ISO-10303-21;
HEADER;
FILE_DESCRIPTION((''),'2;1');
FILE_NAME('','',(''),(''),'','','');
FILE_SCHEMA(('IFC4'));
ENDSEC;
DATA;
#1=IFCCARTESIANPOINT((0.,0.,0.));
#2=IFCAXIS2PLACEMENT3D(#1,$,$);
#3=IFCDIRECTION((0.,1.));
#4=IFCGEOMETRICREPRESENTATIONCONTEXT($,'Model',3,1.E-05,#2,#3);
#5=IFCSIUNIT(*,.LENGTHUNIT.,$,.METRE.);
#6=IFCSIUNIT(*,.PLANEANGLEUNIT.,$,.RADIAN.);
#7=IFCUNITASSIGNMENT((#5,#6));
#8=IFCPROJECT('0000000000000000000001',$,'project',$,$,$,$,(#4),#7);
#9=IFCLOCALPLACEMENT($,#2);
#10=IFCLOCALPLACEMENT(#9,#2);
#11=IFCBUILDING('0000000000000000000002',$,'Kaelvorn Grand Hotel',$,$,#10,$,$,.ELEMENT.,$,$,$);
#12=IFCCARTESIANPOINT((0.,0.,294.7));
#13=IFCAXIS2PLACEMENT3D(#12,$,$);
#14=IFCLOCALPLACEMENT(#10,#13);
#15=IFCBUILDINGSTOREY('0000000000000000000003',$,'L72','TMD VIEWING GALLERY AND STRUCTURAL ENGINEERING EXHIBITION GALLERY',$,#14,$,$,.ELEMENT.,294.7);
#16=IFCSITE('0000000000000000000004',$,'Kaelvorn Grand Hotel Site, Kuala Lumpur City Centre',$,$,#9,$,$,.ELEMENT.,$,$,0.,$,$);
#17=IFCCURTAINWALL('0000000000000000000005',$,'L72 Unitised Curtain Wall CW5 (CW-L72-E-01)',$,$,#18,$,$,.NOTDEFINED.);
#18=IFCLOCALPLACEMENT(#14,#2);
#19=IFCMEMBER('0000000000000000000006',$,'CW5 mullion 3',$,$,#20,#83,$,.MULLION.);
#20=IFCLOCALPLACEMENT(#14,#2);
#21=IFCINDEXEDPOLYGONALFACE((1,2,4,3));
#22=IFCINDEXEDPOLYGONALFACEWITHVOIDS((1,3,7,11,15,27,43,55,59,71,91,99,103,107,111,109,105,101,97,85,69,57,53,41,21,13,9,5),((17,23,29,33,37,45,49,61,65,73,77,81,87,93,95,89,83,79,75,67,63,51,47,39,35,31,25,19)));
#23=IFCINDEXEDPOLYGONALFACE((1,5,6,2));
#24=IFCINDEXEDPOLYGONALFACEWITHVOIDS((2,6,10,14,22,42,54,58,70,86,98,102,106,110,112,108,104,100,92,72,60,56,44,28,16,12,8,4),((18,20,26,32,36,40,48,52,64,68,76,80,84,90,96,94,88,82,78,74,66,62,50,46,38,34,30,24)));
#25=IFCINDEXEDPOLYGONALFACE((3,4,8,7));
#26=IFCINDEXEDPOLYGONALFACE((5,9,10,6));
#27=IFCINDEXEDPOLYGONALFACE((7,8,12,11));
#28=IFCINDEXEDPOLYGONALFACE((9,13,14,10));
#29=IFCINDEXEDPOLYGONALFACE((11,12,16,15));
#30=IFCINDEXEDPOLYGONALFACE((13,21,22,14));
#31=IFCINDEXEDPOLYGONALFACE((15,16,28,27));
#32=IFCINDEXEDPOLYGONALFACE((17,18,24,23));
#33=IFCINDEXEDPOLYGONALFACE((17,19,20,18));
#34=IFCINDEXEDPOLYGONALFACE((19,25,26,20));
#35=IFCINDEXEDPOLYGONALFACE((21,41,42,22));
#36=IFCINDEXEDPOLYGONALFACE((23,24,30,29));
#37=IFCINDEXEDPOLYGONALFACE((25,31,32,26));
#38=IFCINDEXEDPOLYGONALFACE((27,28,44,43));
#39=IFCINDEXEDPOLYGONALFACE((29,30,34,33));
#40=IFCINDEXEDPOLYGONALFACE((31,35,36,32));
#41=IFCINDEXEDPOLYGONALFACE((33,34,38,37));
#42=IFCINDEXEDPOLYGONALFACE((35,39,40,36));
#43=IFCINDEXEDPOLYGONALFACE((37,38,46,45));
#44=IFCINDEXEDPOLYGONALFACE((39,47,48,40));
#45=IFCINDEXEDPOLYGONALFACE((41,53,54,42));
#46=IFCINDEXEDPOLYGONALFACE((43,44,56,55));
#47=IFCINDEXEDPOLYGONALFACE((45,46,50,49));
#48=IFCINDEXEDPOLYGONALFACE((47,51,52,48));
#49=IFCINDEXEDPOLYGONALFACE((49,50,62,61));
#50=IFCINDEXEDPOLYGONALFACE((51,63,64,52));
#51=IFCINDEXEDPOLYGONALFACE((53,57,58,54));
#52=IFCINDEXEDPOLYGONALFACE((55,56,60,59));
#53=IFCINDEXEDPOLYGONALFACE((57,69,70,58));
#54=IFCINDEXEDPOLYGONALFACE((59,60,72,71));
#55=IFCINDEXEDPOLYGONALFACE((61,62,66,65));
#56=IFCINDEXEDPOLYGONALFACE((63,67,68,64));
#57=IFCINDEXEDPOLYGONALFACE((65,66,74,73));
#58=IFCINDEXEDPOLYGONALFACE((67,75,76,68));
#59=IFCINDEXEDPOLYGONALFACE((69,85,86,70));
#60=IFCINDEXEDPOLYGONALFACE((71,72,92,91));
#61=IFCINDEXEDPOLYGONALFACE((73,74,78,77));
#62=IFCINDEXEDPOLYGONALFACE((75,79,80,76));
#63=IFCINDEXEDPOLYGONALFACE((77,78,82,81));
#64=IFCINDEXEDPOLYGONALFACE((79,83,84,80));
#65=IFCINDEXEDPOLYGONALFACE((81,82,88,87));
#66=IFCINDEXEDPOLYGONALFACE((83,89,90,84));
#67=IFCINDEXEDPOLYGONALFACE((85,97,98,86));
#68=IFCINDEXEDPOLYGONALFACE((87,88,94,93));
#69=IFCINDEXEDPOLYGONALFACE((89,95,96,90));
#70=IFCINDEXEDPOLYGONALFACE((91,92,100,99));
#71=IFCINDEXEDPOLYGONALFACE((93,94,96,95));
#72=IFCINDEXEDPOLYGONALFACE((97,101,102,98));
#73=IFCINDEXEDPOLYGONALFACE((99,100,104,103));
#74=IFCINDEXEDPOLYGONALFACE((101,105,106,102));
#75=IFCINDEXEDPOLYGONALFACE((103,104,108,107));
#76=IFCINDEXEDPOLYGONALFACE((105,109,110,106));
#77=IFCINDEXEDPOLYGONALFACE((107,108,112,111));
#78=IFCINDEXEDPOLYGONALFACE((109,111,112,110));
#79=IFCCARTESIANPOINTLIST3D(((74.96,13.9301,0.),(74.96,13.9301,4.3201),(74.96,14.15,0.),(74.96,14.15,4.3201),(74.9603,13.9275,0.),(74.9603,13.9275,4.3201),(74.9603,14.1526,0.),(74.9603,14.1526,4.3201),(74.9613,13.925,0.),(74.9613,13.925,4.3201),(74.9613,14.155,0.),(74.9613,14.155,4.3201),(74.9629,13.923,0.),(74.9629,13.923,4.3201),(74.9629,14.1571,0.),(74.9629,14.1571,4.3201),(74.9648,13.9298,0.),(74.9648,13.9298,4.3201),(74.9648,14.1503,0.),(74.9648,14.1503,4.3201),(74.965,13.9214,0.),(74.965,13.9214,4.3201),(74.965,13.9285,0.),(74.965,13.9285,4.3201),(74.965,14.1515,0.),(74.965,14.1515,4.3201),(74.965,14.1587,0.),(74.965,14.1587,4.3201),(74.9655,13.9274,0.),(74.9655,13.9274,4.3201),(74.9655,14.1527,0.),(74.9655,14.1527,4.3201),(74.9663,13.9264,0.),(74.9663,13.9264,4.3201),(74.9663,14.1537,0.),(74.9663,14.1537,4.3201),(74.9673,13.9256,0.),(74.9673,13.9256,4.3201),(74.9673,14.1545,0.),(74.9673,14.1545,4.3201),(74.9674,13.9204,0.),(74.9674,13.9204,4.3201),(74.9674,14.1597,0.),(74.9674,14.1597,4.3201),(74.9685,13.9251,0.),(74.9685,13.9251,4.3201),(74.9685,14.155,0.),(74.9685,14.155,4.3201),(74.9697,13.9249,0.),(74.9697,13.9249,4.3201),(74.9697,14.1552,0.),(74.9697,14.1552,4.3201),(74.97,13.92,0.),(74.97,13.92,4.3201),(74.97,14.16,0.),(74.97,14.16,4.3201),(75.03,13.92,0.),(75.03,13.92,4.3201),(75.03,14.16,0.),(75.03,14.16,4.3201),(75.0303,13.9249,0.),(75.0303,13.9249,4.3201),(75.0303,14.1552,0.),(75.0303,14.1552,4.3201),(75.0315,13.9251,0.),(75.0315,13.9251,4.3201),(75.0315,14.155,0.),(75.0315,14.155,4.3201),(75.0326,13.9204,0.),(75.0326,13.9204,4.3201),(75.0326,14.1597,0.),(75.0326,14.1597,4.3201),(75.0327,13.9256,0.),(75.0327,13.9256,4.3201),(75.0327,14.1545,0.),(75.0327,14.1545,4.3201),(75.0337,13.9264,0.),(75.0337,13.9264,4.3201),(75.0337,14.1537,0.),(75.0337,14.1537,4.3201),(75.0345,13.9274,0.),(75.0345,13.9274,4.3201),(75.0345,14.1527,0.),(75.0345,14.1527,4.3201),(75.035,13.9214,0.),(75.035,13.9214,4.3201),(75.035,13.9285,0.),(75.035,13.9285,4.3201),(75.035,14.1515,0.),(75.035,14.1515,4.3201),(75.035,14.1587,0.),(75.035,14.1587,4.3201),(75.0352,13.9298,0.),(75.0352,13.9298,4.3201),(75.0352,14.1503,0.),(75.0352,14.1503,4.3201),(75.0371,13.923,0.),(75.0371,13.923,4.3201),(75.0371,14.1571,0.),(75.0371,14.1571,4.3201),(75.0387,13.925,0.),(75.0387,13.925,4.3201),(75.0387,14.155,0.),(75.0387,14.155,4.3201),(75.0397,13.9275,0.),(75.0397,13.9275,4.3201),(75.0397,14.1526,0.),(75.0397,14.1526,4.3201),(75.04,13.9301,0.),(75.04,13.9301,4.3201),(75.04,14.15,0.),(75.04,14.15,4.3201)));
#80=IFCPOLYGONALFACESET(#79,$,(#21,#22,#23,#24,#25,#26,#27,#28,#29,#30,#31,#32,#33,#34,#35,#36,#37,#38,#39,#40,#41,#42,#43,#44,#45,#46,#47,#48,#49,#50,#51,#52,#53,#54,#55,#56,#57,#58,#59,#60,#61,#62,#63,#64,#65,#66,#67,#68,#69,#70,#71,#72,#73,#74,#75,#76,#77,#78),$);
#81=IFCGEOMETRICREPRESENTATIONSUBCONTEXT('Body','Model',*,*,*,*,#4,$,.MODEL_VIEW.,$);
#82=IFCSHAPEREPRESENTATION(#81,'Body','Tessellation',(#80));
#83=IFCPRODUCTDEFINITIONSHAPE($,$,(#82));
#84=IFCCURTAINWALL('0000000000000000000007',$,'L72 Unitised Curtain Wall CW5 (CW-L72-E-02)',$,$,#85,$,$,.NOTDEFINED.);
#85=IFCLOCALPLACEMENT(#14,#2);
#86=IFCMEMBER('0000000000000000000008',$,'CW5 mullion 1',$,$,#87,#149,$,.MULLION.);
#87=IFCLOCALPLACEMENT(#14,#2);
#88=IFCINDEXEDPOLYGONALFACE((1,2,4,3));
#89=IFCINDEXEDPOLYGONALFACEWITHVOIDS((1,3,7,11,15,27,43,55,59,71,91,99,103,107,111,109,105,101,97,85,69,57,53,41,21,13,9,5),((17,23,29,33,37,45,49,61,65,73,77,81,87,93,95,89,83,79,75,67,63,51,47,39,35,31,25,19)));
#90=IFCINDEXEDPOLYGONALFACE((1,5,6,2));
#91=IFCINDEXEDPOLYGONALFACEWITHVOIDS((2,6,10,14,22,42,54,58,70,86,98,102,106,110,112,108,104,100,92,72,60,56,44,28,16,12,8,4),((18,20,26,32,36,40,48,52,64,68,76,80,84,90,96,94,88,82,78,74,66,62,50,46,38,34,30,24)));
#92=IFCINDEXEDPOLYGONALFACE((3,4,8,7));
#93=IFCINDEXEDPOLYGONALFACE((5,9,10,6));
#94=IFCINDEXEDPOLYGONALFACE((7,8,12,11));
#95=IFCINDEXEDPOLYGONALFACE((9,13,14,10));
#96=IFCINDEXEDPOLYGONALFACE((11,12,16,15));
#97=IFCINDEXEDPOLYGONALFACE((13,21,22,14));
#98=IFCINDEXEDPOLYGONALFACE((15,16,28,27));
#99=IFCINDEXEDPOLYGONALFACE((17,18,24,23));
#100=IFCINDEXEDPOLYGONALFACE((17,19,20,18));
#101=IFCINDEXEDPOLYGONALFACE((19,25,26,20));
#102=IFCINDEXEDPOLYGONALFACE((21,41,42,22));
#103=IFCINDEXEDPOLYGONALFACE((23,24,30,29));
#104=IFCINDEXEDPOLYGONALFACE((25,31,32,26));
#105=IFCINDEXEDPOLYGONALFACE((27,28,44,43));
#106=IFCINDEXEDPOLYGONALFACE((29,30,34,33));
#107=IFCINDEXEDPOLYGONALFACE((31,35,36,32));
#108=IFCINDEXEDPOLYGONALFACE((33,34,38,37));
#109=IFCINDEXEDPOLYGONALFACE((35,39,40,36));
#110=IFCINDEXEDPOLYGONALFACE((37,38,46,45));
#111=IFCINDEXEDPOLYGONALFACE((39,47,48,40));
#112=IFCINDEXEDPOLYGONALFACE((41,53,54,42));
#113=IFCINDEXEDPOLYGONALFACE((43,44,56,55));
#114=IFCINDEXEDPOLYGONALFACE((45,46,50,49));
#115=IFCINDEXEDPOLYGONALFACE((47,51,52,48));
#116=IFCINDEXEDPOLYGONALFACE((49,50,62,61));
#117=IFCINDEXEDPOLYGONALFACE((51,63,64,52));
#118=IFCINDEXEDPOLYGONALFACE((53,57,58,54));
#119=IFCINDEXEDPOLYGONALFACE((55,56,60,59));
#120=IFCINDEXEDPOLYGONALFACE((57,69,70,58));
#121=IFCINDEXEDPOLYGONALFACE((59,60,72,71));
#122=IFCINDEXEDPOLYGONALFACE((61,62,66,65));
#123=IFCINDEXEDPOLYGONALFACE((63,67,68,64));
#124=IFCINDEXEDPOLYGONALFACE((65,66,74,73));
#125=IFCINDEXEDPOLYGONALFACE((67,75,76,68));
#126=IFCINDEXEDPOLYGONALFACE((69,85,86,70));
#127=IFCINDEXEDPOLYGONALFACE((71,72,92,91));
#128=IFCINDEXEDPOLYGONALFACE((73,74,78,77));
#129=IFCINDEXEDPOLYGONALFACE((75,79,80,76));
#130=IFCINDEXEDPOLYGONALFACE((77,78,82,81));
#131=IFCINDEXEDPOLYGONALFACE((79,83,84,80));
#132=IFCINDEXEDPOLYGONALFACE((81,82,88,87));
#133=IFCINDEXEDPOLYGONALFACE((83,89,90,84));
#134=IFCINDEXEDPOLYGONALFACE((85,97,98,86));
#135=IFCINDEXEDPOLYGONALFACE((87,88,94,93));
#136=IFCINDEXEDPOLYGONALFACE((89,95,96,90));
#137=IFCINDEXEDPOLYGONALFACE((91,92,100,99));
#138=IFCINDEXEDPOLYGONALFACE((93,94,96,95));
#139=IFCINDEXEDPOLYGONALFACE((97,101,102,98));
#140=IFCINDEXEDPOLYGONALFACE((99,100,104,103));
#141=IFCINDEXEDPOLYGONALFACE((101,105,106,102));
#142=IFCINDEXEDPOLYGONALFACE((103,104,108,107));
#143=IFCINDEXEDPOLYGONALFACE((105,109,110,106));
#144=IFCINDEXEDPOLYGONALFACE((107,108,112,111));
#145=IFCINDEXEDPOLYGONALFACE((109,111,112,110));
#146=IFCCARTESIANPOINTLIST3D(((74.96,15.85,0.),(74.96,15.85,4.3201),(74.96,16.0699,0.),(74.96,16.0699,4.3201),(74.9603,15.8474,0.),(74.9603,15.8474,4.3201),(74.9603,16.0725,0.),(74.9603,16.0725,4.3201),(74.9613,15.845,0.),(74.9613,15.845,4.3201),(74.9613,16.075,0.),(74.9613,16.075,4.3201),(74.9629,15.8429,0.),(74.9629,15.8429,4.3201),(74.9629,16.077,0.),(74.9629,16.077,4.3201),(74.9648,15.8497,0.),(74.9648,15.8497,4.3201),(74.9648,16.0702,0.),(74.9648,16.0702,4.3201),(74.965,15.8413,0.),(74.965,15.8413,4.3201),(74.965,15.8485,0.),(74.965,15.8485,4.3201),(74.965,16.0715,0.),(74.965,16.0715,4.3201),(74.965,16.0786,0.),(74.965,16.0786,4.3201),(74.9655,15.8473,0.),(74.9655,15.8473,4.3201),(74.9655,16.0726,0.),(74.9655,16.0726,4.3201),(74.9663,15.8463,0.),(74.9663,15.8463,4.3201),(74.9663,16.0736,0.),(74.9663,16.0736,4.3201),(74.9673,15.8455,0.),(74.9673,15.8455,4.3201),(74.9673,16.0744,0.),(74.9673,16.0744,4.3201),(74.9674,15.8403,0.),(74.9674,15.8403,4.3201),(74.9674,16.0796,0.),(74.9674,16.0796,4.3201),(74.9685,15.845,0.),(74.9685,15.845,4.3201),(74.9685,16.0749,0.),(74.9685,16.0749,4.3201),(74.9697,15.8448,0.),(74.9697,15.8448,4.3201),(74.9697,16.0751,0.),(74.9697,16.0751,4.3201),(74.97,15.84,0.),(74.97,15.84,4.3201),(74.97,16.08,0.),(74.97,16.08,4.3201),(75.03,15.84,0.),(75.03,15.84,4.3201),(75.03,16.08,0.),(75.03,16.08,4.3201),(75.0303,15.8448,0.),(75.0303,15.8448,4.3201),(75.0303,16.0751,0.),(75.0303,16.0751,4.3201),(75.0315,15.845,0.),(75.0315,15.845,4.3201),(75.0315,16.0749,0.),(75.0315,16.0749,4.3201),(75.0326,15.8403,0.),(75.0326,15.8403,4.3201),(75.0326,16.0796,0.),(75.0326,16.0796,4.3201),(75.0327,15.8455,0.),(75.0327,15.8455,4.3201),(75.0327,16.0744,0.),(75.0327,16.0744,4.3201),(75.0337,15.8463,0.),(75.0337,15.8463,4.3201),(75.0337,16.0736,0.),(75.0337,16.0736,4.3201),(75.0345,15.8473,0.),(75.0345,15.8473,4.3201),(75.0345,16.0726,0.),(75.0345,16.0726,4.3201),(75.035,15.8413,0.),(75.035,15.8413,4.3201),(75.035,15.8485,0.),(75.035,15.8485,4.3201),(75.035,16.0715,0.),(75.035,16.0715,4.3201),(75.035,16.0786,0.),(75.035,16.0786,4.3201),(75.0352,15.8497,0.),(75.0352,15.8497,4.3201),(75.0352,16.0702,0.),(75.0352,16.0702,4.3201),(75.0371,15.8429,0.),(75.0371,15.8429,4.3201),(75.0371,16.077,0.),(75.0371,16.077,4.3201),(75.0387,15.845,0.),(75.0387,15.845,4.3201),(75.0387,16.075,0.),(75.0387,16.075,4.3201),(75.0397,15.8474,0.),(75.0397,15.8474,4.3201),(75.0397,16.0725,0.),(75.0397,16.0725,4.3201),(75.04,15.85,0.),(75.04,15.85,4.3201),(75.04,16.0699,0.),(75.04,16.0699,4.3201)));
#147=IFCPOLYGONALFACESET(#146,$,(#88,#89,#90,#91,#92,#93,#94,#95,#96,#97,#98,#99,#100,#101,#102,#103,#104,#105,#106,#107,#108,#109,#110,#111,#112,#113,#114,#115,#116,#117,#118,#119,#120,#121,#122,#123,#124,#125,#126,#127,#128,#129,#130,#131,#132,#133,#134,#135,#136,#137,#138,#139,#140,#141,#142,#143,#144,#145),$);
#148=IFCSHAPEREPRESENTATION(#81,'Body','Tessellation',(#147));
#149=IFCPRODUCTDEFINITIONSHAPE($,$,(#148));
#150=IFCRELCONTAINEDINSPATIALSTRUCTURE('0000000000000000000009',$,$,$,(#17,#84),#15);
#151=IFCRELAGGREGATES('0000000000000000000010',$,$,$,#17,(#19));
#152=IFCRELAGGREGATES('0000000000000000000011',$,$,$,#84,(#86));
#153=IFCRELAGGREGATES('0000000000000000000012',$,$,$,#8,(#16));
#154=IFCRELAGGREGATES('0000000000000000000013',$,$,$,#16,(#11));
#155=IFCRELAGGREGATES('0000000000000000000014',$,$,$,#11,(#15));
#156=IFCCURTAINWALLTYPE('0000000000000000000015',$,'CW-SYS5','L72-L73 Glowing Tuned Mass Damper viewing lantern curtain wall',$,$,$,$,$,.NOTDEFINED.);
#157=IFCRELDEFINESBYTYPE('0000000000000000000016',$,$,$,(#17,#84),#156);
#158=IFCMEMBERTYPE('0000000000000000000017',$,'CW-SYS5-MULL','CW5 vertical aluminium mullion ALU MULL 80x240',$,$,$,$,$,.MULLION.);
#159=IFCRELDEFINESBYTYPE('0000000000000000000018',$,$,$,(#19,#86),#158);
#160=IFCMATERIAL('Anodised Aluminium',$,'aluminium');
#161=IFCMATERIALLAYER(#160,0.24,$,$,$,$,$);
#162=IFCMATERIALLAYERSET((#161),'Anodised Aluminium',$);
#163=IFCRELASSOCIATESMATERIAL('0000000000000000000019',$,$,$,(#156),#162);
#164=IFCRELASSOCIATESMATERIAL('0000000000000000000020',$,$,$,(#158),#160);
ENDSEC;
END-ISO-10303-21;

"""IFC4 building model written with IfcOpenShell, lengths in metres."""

from ifc_helpers import new_model, si_unit, direction, frame, origin, origin_2d, place, context, subcontext, project, spatial, hollow_rectangle, extrude, material, layer, layer_set, material_profile, profile_set, type_object, element, aggregate, save


model = new_model("IFC4")

# Units and contexts
model_context = context("Model", 3, precision=1e-05, world=origin(), true_north=direction((0.0, 1.0)))
body_context = subcontext(model_context, "Body", "Model", "MODEL_VIEW")
ifc_project = project(units=[si_unit("LENGTHUNIT", "METRE"), si_unit("PLANEANGLEUNIT", "RADIAN")], contexts=[model_context])

# Site, building, storey
site_placement = place(None, origin())
site = spatial("IfcSite", under=ifc_project, at=site_placement, Name="Kaelvorn Grand Hotel Site, Kuala Lumpur City Centre", CompositionType="ELEMENT", RefElevation=0.0)
building_placement = place(site_placement, origin())
building = spatial("IfcBuilding", under=site, at=building_placement, Name="Kaelvorn Grand Hotel", CompositionType="ELEMENT")
storey_placement = place(building_placement, frame((0.0, 0.0, 294.7)))
storey = spatial("IfcBuildingStorey", under=building, at=storey_placement, Name="L72", Description="TMD VIEWING GALLERY AND STRUCTURAL ENGINEERING EXHIBITION GALLERY", CompositionType="ELEMENT", Elevation=294.7)

# Curtain walls, members
ifc_material_1 = material(Name="Anodised Aluminium", Category="aluminium")
ifc_layer_1 = layer(ifc_material_1, 0.24)
ifc_layer_set_1 = layer_set([ifc_layer_1], Name="Anodised Aluminium")
curtain_wall_type = type_object("IfcCurtainWallType", Name="CW-SYS5", Description="L72-L73 Glowing Tuned Mass Damper viewing lantern curtain wall", PredefinedType="NOTDEFINED", material=ifc_layer_set_1)
curtain_wall_1_placement = place(storey_placement, origin())
curtain_wall_1 = element("IfcCurtainWall", 1, at=curtain_wall_1_placement, inside=storey, type_object=curtain_wall_type, Name="L72 Unitised Curtain Wall CW5 (CW-L72-E-01)", PredefinedType="NOTDEFINED")
ifc_material_profile_1 = material_profile(ifc_material_1, hollow_rectangle(XDim=0.0801, YDim=0.24, WallThickness=0.0049, InnerFilletRadius=0.0049, OuterFilletRadius=0.01, at=origin_2d()), Name="ALU MULL 80x240")
ifc_profile_set_1 = profile_set([ifc_material_profile_1], Name="Anodised Aluminium")
member_type_1 = type_object("IfcMemberType", Name="CW-SYS5-MULL", Description="CW5 vertical aluminium mullion ALU MULL 80x240", PredefinedType="MULLION", material=ifc_profile_set_1)
member_1_placement = place(storey_placement, frame((75.0, 14.04, 0.0), z_axis=(0.0, 0.0, 1.0), x_axis=(-1.0, 0.0, 0.0)))
member_1 = element("IfcMember", 2, at=member_1_placement, type_object=member_type_1, Name="CW5 mullion 3", PredefinedType="MULLION", context=body_context, shape_type="SweptSolid", body=[
    extrude(hollow_rectangle(XDim=0.0801, YDim=0.24, WallThickness=0.0049, InnerFilletRadius=0.0049, OuterFilletRadius=0.01, at=origin_2d()), origin(), (0.0, 0.0, 1.0), 4.3201),
])
curtain_wall_2_placement = place(storey_placement, origin())
curtain_wall_2 = element("IfcCurtainWall", 3, at=curtain_wall_2_placement, inside=storey, type_object=curtain_wall_type, Name="L72 Unitised Curtain Wall CW5 (CW-L72-E-02)", PredefinedType="NOTDEFINED")
member_2_placement = place(storey_placement, frame((75.0, 15.96, 0.0), z_axis=(0.0, 0.0, 1.0), x_axis=(-1.0, 0.0, 0.0)))
member_2 = element("IfcMember", 4, at=member_2_placement, type_object=member_type_1, Name="CW5 mullion 1", PredefinedType="MULLION", context=body_context, shape_type="SweptSolid", body=[
    extrude(hollow_rectangle(XDim=0.0801, YDim=0.24, WallThickness=0.0049, InnerFilletRadius=0.0049, OuterFilletRadius=0.01, at=origin_2d()), origin(), (0.0, 0.0, 1.0), 4.3201),
])

aggregate(curtain_wall_1, [member_1])
aggregate(curtain_wall_2, [member_2])

save(model, "model.ifc")
